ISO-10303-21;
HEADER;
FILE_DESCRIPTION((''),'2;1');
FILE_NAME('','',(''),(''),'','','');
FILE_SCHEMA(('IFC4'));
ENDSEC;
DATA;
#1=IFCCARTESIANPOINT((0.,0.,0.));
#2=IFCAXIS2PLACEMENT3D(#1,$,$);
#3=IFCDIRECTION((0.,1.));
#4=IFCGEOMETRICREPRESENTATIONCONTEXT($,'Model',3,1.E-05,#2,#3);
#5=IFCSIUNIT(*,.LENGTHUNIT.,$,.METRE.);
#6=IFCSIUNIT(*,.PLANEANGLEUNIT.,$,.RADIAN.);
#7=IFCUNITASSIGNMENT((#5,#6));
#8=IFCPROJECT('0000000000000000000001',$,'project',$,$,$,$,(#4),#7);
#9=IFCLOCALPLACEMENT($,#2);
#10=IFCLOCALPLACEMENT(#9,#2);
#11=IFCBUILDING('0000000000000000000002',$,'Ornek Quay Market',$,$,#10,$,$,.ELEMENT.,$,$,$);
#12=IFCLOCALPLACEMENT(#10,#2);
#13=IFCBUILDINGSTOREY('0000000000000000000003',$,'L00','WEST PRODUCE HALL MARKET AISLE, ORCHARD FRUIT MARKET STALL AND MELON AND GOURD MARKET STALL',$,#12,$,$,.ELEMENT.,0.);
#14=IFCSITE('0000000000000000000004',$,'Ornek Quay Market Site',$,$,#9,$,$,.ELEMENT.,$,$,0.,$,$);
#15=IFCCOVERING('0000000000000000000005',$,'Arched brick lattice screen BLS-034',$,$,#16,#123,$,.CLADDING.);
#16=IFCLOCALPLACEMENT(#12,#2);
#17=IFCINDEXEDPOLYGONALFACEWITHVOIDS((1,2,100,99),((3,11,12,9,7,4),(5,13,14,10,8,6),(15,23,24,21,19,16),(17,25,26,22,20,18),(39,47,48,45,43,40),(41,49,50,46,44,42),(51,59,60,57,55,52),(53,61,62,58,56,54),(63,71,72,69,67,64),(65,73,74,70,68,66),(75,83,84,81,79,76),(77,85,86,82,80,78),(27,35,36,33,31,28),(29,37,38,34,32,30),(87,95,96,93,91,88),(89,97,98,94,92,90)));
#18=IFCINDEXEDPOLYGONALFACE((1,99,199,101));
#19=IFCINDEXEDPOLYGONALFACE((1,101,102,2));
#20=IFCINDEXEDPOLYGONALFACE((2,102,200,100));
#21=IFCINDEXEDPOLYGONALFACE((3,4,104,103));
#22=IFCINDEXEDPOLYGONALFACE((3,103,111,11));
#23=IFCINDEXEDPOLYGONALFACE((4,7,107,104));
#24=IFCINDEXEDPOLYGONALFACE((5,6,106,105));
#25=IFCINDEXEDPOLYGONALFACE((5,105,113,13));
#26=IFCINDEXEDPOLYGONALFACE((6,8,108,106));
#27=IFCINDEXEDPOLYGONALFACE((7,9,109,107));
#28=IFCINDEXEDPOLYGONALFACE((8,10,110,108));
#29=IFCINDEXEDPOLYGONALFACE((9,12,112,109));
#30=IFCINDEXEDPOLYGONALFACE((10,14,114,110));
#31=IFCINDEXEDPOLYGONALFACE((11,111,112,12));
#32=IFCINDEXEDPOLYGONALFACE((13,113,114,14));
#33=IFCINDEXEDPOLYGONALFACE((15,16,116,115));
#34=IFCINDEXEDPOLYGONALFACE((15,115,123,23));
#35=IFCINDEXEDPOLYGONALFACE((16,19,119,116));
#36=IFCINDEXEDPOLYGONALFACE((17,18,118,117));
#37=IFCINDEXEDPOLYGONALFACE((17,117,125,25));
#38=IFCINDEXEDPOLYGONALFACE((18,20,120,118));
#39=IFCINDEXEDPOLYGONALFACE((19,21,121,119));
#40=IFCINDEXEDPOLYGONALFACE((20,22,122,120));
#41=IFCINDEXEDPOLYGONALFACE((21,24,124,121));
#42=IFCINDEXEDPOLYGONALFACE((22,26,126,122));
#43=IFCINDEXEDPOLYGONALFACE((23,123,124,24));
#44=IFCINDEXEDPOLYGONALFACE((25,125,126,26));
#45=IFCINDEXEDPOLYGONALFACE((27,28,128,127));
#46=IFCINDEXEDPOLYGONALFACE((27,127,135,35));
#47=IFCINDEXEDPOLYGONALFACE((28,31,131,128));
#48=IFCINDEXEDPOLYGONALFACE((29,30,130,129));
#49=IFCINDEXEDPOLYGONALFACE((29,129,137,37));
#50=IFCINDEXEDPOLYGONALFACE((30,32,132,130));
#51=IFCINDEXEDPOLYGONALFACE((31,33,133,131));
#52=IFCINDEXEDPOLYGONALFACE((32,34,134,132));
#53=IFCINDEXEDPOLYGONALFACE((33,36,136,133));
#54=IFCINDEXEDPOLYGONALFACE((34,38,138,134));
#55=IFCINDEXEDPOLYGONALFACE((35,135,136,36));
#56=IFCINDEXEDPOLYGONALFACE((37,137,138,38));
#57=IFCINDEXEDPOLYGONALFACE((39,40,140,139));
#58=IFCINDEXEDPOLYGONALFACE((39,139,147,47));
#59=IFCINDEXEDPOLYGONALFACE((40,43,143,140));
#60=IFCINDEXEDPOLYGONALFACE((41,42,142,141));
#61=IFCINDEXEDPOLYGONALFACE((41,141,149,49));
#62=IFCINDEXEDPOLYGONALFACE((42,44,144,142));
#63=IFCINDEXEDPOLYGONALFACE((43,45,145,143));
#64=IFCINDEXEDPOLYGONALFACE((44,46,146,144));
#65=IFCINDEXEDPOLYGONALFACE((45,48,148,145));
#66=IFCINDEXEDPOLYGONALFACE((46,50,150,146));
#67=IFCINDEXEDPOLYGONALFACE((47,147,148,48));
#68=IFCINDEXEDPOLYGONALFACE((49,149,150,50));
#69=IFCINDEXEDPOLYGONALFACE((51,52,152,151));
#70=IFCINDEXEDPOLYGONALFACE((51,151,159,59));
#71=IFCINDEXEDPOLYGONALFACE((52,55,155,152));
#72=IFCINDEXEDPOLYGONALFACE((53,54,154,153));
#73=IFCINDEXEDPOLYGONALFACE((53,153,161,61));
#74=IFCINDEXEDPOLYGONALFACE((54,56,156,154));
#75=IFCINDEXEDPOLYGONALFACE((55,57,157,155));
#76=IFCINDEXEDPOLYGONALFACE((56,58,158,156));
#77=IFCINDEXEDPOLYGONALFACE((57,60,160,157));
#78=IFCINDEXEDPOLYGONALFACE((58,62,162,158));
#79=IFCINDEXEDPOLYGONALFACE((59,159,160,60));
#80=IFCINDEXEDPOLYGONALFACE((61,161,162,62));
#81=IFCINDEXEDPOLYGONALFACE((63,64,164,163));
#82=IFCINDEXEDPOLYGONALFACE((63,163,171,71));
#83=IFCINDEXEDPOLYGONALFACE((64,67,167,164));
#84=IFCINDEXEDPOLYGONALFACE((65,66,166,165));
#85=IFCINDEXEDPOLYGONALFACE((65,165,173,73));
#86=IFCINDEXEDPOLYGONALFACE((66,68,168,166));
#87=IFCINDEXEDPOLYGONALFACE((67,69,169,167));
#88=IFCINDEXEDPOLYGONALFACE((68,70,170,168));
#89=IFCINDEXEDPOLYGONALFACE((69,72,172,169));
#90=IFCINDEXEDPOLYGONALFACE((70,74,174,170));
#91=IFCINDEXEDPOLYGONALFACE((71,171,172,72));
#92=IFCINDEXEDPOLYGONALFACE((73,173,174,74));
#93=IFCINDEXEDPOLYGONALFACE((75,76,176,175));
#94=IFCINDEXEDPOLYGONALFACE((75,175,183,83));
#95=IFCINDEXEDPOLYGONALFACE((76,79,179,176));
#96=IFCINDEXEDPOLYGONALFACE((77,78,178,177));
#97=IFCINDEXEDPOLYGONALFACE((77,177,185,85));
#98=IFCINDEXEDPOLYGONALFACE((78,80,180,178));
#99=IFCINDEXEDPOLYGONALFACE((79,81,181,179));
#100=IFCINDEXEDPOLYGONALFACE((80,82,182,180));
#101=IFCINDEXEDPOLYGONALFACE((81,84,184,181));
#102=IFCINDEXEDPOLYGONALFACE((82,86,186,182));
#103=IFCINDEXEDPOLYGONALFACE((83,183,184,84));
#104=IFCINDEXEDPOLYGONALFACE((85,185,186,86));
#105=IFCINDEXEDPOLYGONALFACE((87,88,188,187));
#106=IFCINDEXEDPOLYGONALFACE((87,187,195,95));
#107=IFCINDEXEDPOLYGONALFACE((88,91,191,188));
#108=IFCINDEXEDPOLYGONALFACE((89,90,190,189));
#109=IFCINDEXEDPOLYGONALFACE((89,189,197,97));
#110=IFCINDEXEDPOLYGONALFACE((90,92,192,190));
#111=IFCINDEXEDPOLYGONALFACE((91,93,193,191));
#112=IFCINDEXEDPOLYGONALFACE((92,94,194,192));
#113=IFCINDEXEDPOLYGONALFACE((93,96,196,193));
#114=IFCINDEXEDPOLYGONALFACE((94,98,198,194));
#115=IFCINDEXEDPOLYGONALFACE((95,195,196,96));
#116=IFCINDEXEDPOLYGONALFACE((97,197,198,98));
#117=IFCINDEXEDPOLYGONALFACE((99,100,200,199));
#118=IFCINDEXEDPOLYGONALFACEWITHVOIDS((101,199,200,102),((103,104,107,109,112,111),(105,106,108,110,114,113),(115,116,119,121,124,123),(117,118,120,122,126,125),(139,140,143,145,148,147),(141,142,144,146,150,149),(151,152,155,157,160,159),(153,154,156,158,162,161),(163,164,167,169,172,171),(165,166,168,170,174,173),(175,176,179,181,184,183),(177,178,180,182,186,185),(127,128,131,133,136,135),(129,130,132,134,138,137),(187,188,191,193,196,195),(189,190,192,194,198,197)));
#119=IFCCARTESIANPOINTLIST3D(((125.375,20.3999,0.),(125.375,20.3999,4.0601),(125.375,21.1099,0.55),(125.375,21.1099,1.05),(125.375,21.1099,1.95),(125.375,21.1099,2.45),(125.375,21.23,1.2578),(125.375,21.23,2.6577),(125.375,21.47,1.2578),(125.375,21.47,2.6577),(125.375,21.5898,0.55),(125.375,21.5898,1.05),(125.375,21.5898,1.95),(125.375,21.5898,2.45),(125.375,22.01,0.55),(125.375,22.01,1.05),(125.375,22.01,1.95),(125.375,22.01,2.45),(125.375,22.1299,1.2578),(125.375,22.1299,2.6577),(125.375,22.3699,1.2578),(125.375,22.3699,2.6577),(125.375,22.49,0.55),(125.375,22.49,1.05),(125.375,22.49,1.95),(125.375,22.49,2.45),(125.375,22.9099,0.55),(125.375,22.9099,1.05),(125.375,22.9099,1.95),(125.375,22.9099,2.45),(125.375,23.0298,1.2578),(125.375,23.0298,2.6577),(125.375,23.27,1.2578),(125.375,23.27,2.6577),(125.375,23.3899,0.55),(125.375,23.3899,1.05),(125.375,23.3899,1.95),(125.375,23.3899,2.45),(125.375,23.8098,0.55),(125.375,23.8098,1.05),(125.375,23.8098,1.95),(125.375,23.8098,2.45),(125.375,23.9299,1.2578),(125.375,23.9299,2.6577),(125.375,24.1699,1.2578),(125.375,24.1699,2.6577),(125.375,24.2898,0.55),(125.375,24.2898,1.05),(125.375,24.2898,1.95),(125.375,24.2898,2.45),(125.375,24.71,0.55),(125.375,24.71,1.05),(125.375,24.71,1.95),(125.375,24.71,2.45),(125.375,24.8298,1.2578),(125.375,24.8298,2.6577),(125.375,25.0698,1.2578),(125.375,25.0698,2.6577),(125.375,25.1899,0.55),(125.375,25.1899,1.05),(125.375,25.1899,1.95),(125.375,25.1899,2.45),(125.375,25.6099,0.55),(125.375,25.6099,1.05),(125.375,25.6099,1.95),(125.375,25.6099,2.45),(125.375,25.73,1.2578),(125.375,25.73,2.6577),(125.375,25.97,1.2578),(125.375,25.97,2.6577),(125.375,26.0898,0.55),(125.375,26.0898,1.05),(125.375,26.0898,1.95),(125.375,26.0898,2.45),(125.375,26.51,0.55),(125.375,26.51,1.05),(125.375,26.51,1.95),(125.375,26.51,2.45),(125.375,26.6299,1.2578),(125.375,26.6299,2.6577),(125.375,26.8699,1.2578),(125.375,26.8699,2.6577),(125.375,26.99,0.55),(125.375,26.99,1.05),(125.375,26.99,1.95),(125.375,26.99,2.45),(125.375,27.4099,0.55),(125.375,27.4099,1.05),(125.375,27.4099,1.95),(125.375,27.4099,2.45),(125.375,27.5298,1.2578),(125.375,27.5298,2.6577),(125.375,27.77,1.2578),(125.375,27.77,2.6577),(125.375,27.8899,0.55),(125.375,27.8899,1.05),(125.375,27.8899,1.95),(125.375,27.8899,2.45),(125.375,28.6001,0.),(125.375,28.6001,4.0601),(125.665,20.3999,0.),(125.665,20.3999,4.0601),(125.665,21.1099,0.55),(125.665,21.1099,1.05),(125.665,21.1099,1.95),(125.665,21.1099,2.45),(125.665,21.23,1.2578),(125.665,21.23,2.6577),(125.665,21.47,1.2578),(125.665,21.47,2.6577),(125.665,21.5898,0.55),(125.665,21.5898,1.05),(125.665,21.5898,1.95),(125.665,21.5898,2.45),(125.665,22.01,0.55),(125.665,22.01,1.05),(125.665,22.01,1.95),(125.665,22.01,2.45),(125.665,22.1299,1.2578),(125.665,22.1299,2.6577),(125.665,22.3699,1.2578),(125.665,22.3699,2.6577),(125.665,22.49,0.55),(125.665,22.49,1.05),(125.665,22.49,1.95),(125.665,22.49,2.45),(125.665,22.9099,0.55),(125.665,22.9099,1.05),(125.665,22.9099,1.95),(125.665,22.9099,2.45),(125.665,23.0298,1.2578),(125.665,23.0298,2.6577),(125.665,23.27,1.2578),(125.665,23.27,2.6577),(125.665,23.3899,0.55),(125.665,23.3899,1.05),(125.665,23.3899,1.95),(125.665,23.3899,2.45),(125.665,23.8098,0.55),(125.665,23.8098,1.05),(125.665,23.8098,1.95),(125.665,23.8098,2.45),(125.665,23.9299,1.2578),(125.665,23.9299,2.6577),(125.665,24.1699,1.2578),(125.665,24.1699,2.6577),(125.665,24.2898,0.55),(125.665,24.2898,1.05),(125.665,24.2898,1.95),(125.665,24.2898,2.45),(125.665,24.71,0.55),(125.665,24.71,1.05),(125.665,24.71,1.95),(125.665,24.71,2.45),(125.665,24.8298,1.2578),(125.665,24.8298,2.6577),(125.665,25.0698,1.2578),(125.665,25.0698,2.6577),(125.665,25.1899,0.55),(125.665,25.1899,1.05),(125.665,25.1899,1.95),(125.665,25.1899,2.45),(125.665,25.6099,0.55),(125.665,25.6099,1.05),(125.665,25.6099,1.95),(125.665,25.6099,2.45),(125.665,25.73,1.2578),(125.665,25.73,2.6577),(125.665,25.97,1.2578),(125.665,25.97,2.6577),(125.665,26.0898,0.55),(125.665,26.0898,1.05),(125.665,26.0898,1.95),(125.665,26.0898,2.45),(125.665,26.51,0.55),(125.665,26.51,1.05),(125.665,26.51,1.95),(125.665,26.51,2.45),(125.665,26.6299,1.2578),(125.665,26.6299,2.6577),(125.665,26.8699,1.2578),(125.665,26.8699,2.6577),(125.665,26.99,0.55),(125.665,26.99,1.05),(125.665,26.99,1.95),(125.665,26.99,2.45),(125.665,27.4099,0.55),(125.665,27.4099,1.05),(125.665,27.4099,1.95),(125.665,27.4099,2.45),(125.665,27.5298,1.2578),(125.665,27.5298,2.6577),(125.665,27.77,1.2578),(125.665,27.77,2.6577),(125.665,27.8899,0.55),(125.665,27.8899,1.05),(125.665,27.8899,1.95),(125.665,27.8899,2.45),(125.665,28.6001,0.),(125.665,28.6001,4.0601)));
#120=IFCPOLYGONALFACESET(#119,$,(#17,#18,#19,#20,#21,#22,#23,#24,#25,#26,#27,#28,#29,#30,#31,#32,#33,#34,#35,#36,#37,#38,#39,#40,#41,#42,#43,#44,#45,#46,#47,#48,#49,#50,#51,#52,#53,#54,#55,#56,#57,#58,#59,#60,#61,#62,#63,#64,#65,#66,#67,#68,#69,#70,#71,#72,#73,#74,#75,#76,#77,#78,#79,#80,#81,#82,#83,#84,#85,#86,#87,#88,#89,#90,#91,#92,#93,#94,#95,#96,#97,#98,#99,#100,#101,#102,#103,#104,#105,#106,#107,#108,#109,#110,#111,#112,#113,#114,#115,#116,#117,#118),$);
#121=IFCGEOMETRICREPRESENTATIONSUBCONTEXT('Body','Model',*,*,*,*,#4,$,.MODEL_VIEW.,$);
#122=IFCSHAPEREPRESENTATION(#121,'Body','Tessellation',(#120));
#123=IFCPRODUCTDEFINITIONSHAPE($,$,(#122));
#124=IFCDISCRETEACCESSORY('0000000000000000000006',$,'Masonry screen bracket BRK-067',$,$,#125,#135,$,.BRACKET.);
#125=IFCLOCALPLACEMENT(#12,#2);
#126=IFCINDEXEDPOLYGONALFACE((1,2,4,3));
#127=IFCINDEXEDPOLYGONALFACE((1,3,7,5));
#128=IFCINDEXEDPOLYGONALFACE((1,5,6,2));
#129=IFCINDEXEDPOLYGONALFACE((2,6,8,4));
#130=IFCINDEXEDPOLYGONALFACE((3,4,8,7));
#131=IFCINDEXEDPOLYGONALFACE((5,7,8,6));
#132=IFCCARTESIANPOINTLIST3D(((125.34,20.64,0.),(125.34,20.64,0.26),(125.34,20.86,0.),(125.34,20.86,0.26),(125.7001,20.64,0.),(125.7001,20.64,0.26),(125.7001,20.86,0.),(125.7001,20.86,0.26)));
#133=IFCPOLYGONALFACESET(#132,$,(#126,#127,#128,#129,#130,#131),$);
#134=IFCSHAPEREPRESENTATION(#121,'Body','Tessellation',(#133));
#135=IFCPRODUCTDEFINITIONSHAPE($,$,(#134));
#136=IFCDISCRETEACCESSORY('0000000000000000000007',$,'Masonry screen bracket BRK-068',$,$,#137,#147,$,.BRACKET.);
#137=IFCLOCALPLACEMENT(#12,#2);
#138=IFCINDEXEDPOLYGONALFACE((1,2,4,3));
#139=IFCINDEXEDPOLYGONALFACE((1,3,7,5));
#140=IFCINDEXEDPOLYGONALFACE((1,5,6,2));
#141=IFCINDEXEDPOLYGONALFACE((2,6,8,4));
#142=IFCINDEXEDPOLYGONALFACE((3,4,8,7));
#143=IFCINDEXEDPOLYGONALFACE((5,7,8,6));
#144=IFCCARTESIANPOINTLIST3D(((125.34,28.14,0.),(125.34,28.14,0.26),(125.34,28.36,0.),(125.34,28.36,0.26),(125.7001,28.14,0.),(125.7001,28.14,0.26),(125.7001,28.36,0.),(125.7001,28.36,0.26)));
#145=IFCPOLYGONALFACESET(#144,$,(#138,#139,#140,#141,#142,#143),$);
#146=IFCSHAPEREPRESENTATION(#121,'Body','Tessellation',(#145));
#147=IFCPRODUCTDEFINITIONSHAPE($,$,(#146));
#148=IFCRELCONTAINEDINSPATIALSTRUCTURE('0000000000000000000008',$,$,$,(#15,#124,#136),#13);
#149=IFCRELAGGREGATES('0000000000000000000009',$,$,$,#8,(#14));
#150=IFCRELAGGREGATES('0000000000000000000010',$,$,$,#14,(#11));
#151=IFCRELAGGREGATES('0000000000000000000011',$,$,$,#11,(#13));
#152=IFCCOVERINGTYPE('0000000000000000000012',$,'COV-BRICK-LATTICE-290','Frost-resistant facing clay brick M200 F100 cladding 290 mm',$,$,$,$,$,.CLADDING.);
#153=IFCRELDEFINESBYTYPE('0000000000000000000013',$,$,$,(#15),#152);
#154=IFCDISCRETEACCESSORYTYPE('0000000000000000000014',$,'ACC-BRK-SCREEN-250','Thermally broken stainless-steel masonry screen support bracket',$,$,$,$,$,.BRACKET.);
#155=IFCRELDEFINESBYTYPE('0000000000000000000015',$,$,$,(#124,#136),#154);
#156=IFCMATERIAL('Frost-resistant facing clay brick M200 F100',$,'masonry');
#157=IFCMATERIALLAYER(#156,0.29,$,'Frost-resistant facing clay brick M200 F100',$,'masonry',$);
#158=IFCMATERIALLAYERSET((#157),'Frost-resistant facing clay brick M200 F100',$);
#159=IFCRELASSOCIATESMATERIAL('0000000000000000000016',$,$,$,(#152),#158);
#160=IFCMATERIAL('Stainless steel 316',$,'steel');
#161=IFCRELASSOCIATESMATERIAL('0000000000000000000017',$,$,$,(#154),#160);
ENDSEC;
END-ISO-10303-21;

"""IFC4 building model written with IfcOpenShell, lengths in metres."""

from ifc_helpers import new_model, si_unit, direction, frame, origin, origin_2d, place, context, subcontext, project, spatial, polyline, rectangle, outline, extrude, material, layer, layer_set, type_object, element, save


model = new_model("IFC4")

# Units and contexts
model_context = context("Model", 3, precision=1e-05, world=origin(), true_north=direction((0.0, 1.0)))
body_context = subcontext(model_context, "Body", "Model", "MODEL_VIEW")
ifc_project = project(units=[si_unit("LENGTHUNIT", "METRE"), si_unit("PLANEANGLEUNIT", "RADIAN")], contexts=[model_context])

# Site, building, storey
site_placement = place(None, origin())
site = spatial("IfcSite", under=ifc_project, at=site_placement, Name="Ornek Quay Market Site", CompositionType="ELEMENT", RefElevation=0.0)
building_placement = place(site_placement, origin())
building = spatial("IfcBuilding", under=site, at=building_placement, Name="Ornek Quay Market", CompositionType="ELEMENT")
storey_placement = place(building_placement, origin())
storey = spatial("IfcBuildingStorey", under=building, at=storey_placement, Name="L00", Description="WEST PRODUCE HALL MARKET AISLE, ORCHARD FRUIT MARKET STALL AND MELON AND GOURD MARKET STALL", CompositionType="ELEMENT", Elevation=0.0)

# Covering
ifc_material_1 = material(Name="Frost-resistant facing clay brick M200 F100", Category="masonry")
ifc_layer_1 = layer(ifc_material_1, 0.29, Name="Frost-resistant facing clay brick M200 F100", Category="masonry")
ifc_layer_set_1 = layer_set([ifc_layer_1], Name="Frost-resistant facing clay brick M200 F100")
covering_type = type_object("IfcCoveringType", Name="COV-BRICK-LATTICE-290", Description="Frost-resistant facing clay brick M200 F100 cladding 290 mm", PredefinedType="CLADDING", material=ifc_layer_set_1)
covering_placement = place(storey_placement, frame((125.52, 20.3999, 0.0), z_axis=(0.0, 0.0, 1.0), x_axis=(0.0, 1.0, 0.0)))
element("IfcCovering", 1, at=covering_placement, inside=storey, type_object=covering_type, Name="Arched brick lattice screen BLS-034", PredefinedType="CLADDING", context=body_context, shape_type="SweptSolid", body=[
    extrude(outline(polyline([(0.0, 0.0), (8.2002, 0.0), (8.2002, 4.0601), (0.0, 4.0601), (0.0, 0.0)]), holes=[polyline([(0.71, 0.55), (1.1899, 0.55), (1.1899, 1.05), (1.0701, 1.2578), (0.8301, 1.2578), (0.71, 1.05), (0.71, 0.55)]), polyline([(0.71, 1.95), (1.1899, 1.95), (1.1899, 2.45), (1.0701, 2.6577), (0.8301, 2.6577), (0.71, 2.45), (0.71, 1.95)]), polyline([(1.6101, 0.55), (2.0901, 0.55), (2.0901, 1.05), (1.97, 1.2578), (1.73, 1.2578), (1.6101, 1.05), (1.6101, 0.55)]), polyline([(1.6101, 1.95), (2.0901, 1.95), (2.0901, 2.45), (1.97, 2.6577), (1.73, 2.6577), (1.6101, 2.45), (1.6101, 1.95)]), polyline([(2.51, 0.55), (2.99, 0.55), (2.99, 1.05), (2.8701, 1.2578), (2.6299, 1.2578), (2.51, 1.05), (2.51, 0.55)]), polyline([(2.51, 1.95), (2.99, 1.95), (2.99, 2.45), (2.8701, 2.6577), (2.6299, 2.6577), (2.51, 2.45), (2.51, 1.95)]), polyline([(3.4099, 0.55), (3.8899, 0.55), (3.8899, 1.05), (3.77, 1.2578), (3.53, 1.2578), (3.4099, 1.05), (3.4099, 0.55)]), polyline([(3.4099, 1.95), (3.8899, 1.95), (3.8899, 2.45), (3.77, 2.6577), (3.53, 2.6577), (3.4099, 2.45), (3.4099, 1.95)]), polyline([(4.3101, 0.55), (4.79, 0.55), (4.79, 1.05), (4.6699, 1.2578), (4.4299, 1.2578), (4.3101, 1.05), (4.3101, 0.55)]), polyline([(4.3101, 1.95), (4.79, 1.95), (4.79, 2.45), (4.6699, 2.6577), (4.4299, 2.6577), (4.3101, 2.45), (4.3101, 1.95)]), polyline([(5.21, 0.55), (5.6899, 0.55), (5.6899, 1.05), (5.5701, 1.2578), (5.3301, 1.2578), (5.21, 1.05), (5.21, 0.55)]), polyline([(5.21, 1.95), (5.6899, 1.95), (5.6899, 2.45), (5.5701, 2.6577), (5.3301, 2.6577), (5.21, 2.45), (5.21, 1.95)]), polyline([(6.1101, 0.55), (6.5901, 0.55), (6.5901, 1.05), (6.47, 1.2578), (6.23, 1.2578), (6.1101, 1.05), (6.1101, 0.55)]), polyline([(6.1101, 1.95), (6.5901, 1.95), (6.5901, 2.45), (6.47, 2.6577), (6.23, 2.6577), (6.1101, 2.45), (6.1101, 1.95)]), polyline([(7.01, 0.55), (7.49, 0.55), (7.49, 1.05), (7.3701, 1.2578), (7.1299, 1.2578), (7.01, 1.05), (7.01, 0.55)]), polyline([(7.01, 1.95), (7.49, 1.95), (7.49, 2.45), (7.3701, 2.6577), (7.1299, 2.6577), (7.01, 2.45), (7.01, 1.95)])]), frame((0.0, 0.145, 0.0), z_axis=(0.0, -1.0, 0.0), x_axis=(1.0, 0.0, 0.0)), (0.0, 0.0, 1.0), 0.29),
])

# Discrete accessories
ifc_material_2 = material(Name="Stainless steel 316", Category="steel")
discrete_accessory_type = type_object("IfcDiscreteAccessoryType", Name="ACC-BRK-SCREEN-250", Description="Thermally broken stainless-steel masonry screen support bracket", PredefinedType="BRACKET", material=ifc_material_2)
for number, where, z_axis, x_axis, name in (
    (2, (125.52, 20.75, 0.0), (0.0, 0.0, 1.0), (0.0, 1.0, 0.0), "Masonry screen bracket BRK-067"),
    (3, (125.52, 28.25, 0.0), (0.0, 0.0, 1.0), (0.0, 1.0, 0.0), "Masonry screen bracket BRK-068"),
):
    element("IfcDiscreteAccessory", number, at=place(storey_placement, frame(where, z_axis=z_axis, x_axis=x_axis)), inside=storey, type_object=discrete_accessory_type, Name=name, PredefinedType="BRACKET", context=body_context, shape_type="SweptSolid", body=[
        extrude(rectangle(XDim=0.22, YDim=0.3601, at=origin_2d()), origin(), (0.0, 0.0, 1.0), 0.26),
    ])

save(model, "model.ifc")
